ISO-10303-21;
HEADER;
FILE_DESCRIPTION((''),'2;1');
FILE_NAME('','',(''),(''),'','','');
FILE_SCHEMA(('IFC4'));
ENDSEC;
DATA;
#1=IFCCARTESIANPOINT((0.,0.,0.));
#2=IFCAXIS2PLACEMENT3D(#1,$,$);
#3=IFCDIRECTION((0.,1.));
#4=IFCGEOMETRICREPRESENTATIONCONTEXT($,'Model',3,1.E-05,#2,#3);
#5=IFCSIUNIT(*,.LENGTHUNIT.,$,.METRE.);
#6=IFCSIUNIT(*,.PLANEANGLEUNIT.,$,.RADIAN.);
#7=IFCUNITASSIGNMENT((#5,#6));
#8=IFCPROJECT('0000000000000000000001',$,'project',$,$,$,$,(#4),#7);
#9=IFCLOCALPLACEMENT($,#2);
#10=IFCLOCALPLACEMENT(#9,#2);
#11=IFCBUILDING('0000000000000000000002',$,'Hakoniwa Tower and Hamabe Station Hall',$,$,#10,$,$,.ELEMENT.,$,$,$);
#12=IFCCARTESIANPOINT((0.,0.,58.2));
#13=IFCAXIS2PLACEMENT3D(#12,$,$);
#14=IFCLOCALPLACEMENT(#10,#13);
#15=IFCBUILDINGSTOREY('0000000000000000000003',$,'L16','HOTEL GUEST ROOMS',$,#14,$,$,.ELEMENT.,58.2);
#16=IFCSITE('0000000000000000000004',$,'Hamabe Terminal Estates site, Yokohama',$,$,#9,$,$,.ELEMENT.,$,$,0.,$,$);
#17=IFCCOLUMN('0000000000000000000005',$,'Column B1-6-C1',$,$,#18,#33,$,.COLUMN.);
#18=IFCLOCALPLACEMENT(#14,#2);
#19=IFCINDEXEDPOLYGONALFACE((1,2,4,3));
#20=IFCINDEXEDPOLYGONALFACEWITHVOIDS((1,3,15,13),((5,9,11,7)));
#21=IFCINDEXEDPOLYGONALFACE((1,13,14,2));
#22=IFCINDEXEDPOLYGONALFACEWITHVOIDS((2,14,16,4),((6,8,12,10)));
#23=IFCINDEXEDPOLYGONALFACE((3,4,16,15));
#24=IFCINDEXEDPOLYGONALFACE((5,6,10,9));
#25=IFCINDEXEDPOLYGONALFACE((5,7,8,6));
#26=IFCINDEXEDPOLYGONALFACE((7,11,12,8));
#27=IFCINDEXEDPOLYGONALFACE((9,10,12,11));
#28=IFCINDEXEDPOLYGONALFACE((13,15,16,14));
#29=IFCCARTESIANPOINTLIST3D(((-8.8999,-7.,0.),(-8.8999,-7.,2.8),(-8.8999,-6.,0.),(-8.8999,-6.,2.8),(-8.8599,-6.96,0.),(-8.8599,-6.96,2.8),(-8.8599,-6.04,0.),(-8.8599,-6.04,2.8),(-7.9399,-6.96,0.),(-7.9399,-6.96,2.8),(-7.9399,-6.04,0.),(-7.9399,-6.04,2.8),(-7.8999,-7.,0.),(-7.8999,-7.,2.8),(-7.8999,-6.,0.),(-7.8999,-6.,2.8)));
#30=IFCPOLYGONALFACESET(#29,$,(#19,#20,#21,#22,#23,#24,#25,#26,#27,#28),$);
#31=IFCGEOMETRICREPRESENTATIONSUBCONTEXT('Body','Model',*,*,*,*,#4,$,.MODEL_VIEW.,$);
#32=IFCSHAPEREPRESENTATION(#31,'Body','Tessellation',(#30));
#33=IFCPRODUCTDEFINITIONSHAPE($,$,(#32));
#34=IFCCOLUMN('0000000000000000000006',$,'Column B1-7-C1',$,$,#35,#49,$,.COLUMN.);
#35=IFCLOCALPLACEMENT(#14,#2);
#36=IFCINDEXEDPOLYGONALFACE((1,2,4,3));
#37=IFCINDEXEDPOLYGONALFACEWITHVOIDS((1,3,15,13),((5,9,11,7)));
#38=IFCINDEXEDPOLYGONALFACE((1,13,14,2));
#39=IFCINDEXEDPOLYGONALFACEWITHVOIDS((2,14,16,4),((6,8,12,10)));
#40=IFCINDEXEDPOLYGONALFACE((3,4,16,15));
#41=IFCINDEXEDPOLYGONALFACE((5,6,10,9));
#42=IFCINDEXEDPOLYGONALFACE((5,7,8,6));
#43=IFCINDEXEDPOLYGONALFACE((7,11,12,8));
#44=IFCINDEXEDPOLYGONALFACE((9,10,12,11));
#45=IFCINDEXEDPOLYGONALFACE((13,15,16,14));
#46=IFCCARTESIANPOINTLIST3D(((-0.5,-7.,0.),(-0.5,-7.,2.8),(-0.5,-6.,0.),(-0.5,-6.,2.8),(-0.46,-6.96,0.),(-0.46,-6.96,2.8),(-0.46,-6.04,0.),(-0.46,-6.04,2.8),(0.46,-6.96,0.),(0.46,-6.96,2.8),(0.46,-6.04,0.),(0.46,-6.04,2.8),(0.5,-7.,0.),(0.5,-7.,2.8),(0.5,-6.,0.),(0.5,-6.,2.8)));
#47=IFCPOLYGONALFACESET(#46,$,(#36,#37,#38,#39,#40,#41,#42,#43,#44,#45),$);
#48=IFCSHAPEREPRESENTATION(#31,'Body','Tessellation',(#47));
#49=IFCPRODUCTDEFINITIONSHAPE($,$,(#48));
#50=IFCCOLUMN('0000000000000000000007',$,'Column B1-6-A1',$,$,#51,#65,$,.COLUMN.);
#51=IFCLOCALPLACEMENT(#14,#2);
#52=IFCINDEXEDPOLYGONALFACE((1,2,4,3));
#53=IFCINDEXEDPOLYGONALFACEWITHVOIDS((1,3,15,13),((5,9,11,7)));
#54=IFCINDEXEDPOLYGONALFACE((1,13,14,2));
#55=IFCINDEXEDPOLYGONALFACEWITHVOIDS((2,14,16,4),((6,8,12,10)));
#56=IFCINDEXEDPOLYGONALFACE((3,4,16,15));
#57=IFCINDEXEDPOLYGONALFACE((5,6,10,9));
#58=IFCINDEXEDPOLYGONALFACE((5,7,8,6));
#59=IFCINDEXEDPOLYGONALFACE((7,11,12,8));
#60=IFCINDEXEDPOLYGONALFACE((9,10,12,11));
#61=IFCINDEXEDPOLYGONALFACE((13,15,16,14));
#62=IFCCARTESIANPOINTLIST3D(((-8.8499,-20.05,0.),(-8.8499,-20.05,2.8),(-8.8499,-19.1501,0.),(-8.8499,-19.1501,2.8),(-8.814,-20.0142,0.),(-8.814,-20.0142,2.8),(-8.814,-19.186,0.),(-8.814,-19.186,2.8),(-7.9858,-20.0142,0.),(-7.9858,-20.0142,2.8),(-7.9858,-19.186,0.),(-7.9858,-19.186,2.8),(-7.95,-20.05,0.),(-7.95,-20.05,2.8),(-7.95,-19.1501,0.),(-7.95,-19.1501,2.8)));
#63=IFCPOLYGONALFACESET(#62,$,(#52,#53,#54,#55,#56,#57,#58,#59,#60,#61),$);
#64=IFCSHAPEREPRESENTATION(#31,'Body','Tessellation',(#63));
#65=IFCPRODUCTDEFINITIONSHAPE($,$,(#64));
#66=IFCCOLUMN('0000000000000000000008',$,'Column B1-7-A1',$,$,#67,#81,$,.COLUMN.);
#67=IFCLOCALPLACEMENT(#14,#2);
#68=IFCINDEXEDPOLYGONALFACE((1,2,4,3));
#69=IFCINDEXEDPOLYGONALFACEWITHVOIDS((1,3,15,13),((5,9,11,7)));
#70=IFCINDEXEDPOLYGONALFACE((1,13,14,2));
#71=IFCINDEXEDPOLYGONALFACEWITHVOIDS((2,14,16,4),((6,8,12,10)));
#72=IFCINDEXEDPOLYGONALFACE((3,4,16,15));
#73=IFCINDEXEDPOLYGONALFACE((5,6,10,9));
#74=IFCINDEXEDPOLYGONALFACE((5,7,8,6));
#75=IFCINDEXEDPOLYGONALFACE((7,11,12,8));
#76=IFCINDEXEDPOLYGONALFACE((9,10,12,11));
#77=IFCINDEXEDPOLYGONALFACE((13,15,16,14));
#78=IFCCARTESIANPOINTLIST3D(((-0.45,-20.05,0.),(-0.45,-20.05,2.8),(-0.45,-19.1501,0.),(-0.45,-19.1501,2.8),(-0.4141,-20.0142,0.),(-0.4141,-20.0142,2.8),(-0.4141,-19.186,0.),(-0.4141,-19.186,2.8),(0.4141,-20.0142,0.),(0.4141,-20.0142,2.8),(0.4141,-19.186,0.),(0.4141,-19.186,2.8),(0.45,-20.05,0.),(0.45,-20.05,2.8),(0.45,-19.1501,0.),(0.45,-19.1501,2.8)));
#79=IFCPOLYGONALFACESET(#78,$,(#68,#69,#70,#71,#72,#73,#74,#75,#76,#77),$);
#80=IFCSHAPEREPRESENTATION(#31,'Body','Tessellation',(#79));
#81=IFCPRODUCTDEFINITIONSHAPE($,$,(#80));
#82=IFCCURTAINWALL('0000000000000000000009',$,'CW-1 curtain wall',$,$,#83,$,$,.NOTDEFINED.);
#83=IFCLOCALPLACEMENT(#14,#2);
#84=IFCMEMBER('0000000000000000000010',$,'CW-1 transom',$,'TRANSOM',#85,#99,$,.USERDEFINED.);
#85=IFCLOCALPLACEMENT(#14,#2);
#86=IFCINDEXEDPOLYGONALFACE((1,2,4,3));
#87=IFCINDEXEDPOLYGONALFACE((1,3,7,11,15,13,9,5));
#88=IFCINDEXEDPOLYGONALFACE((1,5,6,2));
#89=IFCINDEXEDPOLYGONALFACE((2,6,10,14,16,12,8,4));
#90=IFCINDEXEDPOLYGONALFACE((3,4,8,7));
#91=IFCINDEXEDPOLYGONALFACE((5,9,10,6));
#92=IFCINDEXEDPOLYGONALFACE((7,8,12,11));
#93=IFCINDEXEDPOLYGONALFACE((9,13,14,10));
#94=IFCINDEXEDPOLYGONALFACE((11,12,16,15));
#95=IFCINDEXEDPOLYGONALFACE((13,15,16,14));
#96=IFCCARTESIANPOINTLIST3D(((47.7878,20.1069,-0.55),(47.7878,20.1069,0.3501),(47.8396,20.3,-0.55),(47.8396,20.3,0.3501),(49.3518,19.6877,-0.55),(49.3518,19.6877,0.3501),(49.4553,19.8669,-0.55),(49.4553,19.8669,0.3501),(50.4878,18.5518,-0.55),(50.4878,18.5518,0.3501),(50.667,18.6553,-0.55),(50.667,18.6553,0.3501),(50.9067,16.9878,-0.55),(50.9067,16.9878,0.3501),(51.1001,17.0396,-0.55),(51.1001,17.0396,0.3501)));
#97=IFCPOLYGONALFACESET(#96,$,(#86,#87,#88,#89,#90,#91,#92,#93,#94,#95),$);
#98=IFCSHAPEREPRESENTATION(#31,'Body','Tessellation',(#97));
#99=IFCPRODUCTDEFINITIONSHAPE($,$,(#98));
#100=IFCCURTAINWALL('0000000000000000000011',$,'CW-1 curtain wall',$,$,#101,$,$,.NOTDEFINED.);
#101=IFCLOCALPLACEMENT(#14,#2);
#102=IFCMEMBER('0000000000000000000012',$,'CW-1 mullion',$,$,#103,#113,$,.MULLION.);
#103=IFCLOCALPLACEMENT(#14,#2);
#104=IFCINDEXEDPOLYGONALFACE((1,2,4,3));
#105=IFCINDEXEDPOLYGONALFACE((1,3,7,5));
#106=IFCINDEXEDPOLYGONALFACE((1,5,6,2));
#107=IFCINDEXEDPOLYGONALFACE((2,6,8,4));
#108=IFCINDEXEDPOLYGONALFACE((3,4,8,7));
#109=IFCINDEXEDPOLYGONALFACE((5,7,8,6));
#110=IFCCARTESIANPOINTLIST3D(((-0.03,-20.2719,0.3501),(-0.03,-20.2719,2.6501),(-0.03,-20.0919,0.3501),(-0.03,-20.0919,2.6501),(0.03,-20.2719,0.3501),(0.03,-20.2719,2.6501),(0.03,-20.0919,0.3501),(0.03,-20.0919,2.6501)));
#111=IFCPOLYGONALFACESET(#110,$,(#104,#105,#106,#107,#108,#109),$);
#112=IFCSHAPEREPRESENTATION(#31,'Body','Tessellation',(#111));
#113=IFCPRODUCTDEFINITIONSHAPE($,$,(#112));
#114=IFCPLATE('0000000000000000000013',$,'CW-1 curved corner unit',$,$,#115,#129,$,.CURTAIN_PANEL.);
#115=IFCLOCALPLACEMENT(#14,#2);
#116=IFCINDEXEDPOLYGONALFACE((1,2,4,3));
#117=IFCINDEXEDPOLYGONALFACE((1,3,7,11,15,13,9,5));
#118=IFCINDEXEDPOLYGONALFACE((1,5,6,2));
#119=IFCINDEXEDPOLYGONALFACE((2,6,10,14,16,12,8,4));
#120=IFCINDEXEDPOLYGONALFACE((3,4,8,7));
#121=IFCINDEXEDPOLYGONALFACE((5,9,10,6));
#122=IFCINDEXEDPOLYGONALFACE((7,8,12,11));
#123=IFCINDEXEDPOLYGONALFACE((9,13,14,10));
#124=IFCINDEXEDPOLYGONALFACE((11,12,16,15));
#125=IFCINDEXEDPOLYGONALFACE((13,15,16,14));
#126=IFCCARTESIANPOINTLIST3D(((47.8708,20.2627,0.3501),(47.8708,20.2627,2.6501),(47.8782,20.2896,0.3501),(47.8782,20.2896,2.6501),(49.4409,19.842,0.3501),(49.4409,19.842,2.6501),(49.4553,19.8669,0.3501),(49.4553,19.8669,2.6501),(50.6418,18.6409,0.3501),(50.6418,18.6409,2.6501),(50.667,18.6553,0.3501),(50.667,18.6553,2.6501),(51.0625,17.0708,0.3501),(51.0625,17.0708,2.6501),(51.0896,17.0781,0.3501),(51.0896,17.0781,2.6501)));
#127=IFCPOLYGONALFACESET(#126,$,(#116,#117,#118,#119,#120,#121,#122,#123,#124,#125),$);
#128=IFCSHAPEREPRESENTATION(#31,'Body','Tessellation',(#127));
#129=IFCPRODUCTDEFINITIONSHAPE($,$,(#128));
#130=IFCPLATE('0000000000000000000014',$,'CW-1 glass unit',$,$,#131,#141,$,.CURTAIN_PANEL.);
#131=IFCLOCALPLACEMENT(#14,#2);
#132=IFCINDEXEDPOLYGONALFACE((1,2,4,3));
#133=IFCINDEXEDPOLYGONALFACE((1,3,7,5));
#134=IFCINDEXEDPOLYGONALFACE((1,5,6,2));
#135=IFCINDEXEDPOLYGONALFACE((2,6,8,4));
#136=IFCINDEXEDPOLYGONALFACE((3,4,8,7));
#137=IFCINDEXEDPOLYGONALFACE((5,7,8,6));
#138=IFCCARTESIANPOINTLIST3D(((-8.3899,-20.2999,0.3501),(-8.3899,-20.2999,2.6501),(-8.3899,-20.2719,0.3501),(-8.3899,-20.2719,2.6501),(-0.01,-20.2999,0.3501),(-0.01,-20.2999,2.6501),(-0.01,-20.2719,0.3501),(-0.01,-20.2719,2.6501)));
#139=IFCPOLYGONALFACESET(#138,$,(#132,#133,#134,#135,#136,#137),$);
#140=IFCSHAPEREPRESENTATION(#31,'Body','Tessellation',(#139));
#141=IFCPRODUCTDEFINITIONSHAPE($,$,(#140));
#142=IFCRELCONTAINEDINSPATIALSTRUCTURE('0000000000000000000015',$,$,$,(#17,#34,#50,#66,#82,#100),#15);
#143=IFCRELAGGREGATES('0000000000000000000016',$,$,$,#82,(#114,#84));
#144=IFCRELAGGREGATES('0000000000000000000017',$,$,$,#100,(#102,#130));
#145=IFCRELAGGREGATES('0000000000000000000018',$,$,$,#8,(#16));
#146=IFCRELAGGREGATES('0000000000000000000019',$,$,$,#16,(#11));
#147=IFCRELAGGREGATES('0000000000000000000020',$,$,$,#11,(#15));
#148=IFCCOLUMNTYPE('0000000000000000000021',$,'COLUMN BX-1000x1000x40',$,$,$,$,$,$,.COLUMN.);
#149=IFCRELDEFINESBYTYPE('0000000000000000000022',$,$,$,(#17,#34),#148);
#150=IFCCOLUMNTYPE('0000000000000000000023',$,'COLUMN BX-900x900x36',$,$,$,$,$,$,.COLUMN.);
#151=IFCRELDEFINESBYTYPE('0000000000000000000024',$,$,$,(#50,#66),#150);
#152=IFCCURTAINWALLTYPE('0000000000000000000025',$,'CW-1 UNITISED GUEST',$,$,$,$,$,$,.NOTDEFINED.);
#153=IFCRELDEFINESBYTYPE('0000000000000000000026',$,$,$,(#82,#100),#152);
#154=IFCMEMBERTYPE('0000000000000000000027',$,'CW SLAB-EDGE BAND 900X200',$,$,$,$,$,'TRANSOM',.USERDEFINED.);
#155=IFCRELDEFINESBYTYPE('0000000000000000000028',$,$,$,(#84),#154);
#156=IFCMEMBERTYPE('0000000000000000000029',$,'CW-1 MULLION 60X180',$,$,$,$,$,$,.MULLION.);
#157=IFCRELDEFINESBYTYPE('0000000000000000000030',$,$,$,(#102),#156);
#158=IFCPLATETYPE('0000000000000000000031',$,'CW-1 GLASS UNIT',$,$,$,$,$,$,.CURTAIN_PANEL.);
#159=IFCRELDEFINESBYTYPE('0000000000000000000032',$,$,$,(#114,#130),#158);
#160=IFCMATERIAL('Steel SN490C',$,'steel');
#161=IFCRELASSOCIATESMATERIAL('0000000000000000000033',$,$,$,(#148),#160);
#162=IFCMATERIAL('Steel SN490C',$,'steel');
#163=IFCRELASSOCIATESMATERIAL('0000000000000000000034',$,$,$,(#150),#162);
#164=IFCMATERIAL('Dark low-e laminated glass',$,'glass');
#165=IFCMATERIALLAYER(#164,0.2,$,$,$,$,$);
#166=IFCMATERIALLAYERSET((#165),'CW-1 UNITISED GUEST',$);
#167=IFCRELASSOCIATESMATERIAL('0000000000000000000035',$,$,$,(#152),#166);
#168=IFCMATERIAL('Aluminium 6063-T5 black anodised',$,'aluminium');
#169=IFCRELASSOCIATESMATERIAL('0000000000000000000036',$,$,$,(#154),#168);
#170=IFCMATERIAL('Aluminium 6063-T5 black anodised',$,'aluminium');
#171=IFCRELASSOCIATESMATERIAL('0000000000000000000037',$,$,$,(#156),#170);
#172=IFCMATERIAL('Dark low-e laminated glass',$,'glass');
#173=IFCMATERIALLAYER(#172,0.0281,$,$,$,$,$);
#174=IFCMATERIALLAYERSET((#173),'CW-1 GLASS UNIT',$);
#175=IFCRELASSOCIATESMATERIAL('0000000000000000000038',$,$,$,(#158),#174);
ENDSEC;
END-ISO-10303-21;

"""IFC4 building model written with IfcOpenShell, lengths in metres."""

from ifc_helpers import new_model, si_unit, direction, frame, origin, origin_2d, place, context, subcontext, project, spatial, polyline, rectangle, hollow_rectangle, outline, extrude, material, layer, layer_set, material_profile, profile_set, type_object, element, aggregate, save


model = new_model("IFC4")

# Units and contexts
model_context = context("Model", 3, precision=1e-05, world=origin(), true_north=direction((0.0, 1.0)))
body_context = subcontext(model_context, "Body", "Model", "MODEL_VIEW")
ifc_project = project(units=[si_unit("LENGTHUNIT", "METRE"), si_unit("PLANEANGLEUNIT", "RADIAN")], contexts=[model_context])

# Site, building, storey
site_placement = place(None, origin())
site = spatial("IfcSite", under=ifc_project, at=site_placement, Name="Hamabe Terminal Estates site, Yokohama", CompositionType="ELEMENT", RefElevation=0.0)
building_placement = place(site_placement, origin())
building = spatial("IfcBuilding", under=site, at=building_placement, Name="Hakoniwa Tower and Hamabe Station Hall", CompositionType="ELEMENT")
storey_placement = place(building_placement, frame((0.0, 0.0, 58.2)))
storey = spatial("IfcBuildingStorey", under=building, at=storey_placement, Name="L16", Description="HOTEL GUEST ROOMS", CompositionType="ELEMENT", Elevation=58.2)

# Columns
ifc_material_1 = material(Name="Steel SN490C", Category="steel")
ifc_material_profile_1 = material_profile(ifc_material_1, hollow_rectangle(XDim=1.0, YDim=1.0, WallThickness=0.04, at=origin_2d()), Name="BX-1000x1000x40")
ifc_profile_set_1 = profile_set([ifc_material_profile_1], Name="Steel SN490C")
column_type_1 = type_object("IfcColumnType", Name="COLUMN BX-1000x1000x40", PredefinedType="COLUMN", material=ifc_profile_set_1)
for number, where, z_axis, x_axis, name in (
    (1, (-8.3999, -6.5, 0.0), (0.0, 0.0, 1.0), (1.0, 0.0, 0.0), "Column B1-6-C1"),
    (2, (0.0, -6.5, 0.0), (0.0, 0.0, 1.0), (1.0, 0.0, 0.0), "Column B1-7-C1"),
):
    element("IfcColumn", number, at=place(storey_placement, frame(where, z_axis=z_axis, x_axis=x_axis)), inside=storey, type_object=column_type_1, Name=name, PredefinedType="COLUMN", context=body_context, shape_type="SweptSolid", body=[
        extrude(hollow_rectangle(XDim=1.0, YDim=1.0, WallThickness=0.04, at=origin_2d()), origin(), (0.0, 0.0, 1.0), 2.8),
    ])
ifc_material_2 = material(Name="Steel SN490C", Category="steel")
ifc_material_profile_2 = material_profile(ifc_material_2, hollow_rectangle(XDim=0.8999, YDim=0.8999, WallThickness=0.0359, at=origin_2d()), Name="BX-900x900x36")
ifc_profile_set_2 = profile_set([ifc_material_profile_2], Name="Steel SN490C")
column_type_2 = type_object("IfcColumnType", Name="COLUMN BX-900x900x36", PredefinedType="COLUMN", material=ifc_profile_set_2)
for number, where, z_axis, x_axis, name in (
    (3, (-8.3999, -19.6001, 0.0), (0.0, 0.0, 1.0), (1.0, 0.0, 0.0), "Column B1-6-A1"),
    (4, (0.0, -19.6001, 0.0), (0.0, 0.0, 1.0), (1.0, 0.0, 0.0), "Column B1-7-A1"),
):
    element("IfcColumn", number, at=place(storey_placement, frame(where, z_axis=z_axis, x_axis=x_axis)), inside=storey, type_object=column_type_2, Name=name, PredefinedType="COLUMN", context=body_context, shape_type="SweptSolid", body=[
        extrude(hollow_rectangle(XDim=0.8999, YDim=0.8999, WallThickness=0.0359, at=origin_2d()), origin(), (0.0, 0.0, 1.0), 2.8),
    ])

# Curtain walls, members
ifc_material_3 = material(Name="Dark low-e laminated glass", Category="glass")
ifc_layer_1 = layer(ifc_material_3, 0.2)
ifc_layer_set_1 = layer_set([ifc_layer_1], Name="CW-1 UNITISED GUEST")
curtain_wall_type = type_object("IfcCurtainWallType", Name="CW-1 UNITISED GUEST", PredefinedType="NOTDEFINED", material=ifc_layer_set_1)
curtain_wall_1_placement = place(storey_placement, origin())
curtain_wall_1 = element("IfcCurtainWall", 5, at=curtain_wall_1_placement, inside=storey, type_object=curtain_wall_type, Name="CW-1 curtain wall", PredefinedType="NOTDEFINED")
ifc_material_4 = material(Name="Aluminium 6063-T5 black anodised", Category="aluminium")
ifc_material_profile_3 = material_profile(ifc_material_4, rectangle(XDim=0.2, YDim=0.8999, at=origin_2d()), Name="CW SLAB-EDGE BAND 900X200")
ifc_profile_set_3 = profile_set([ifc_material_profile_3], Name="Aluminium 6063-T5 black anodised")
member_type_1 = type_object("IfcMemberType", Name="CW SLAB-EDGE BAND 900X200", ElementType="TRANSOM", PredefinedType="USERDEFINED", material=ifc_profile_set_3)
member_1_placement = place(storey_placement, frame((0.0, 0.0, -0.55)))
member_1 = element("IfcMember", 6, at=member_1_placement, type_object=member_type_1, Name="CW-1 transom", ObjectType="TRANSOM", PredefinedType="USERDEFINED", context=body_context, shape_type="SweptSolid", body=[
    extrude(outline(polyline([(51.1001, 17.0396), (50.667, 18.6553), (49.4553, 19.8669), (47.8396, 20.3), (47.7878, 20.1069), (49.3518, 19.6877), (50.4878, 18.5518), (50.9067, 16.9878), (51.1001, 17.0396)])), origin(), (0.0, 0.0, 1.0), 0.9001),
])
curtain_wall_2_placement = place(storey_placement, origin())
curtain_wall_2 = element("IfcCurtainWall", 7, at=curtain_wall_2_placement, inside=storey, type_object=curtain_wall_type, Name="CW-1 curtain wall", PredefinedType="NOTDEFINED")
ifc_material_5 = material(Name="Aluminium 6063-T5 black anodised", Category="aluminium")
ifc_material_profile_4 = material_profile(ifc_material_5, rectangle(XDim=0.0601, YDim=0.1799, at=origin_2d()), Name="CW-1 MULLION 60X180")
ifc_profile_set_4 = profile_set([ifc_material_profile_4], Name="Aluminium 6063-T5 black anodised")
member_type_2 = type_object("IfcMemberType", Name="CW-1 MULLION 60X180", PredefinedType="MULLION", material=ifc_profile_set_4)
member_2_placement = place(storey_placement, frame((0.0, -20.1819, 0.3501), z_axis=(0.0, 0.0, 1.0), x_axis=(1.0, 0.0, 0.0)))
member_2 = element("IfcMember", 8, at=member_2_placement, type_object=member_type_2, Name="CW-1 mullion", PredefinedType="MULLION", context=body_context, shape_type="SweptSolid", body=[
    extrude(rectangle(XDim=0.0601, YDim=0.1799, at=origin_2d()), origin(), (0.0, 0.0, 1.0), 2.3),
])

# Plates
ifc_material_6 = material(Name="Dark low-e laminated glass", Category="glass")
ifc_layer_2 = layer(ifc_material_6, 0.0281)
ifc_layer_set_2 = layer_set([ifc_layer_2], Name="CW-1 GLASS UNIT")
plate_type = type_object("IfcPlateType", Name="CW-1 GLASS UNIT", PredefinedType="CURTAIN_PANEL", material=ifc_layer_set_2)
plate_1_placement = place(storey_placement, frame((0.0, 0.0, 0.3501)))
plate_1 = element("IfcPlate", 9, at=plate_1_placement, type_object=plate_type, Name="CW-1 curved corner unit", PredefinedType="CURTAIN_PANEL", context=body_context, shape_type="SweptSolid", body=[
    extrude(outline(polyline([(51.0896, 17.0781), (50.667, 18.6553), (49.4553, 19.8669), (47.8782, 20.2896), (47.8708, 20.2627), (49.4409, 19.842), (50.6418, 18.6409), (51.0625, 17.0708), (51.0896, 17.0781)])), origin(), (0.0, 0.0, 1.0), 2.3),
])
aggregate(curtain_wall_1, [plate_1, member_1])
plate_2_placement = place(storey_placement, frame((-4.2, -20.2859, 0.3501), z_axis=(0.0, 0.0, 1.0), x_axis=(1.0, 0.0, 0.0)))
plate_2 = element("IfcPlate", 10, at=plate_2_placement, type_object=plate_type, Name="CW-1 glass unit", PredefinedType="CURTAIN_PANEL", context=body_context, shape_type="SweptSolid", body=[
    extrude(rectangle(XDim=8.3799, YDim=0.0281, at=origin_2d()), origin(), (0.0, 0.0, 1.0), 2.3),
])
aggregate(curtain_wall_2, [member_2, plate_2])

save(model, "model.ifc")
